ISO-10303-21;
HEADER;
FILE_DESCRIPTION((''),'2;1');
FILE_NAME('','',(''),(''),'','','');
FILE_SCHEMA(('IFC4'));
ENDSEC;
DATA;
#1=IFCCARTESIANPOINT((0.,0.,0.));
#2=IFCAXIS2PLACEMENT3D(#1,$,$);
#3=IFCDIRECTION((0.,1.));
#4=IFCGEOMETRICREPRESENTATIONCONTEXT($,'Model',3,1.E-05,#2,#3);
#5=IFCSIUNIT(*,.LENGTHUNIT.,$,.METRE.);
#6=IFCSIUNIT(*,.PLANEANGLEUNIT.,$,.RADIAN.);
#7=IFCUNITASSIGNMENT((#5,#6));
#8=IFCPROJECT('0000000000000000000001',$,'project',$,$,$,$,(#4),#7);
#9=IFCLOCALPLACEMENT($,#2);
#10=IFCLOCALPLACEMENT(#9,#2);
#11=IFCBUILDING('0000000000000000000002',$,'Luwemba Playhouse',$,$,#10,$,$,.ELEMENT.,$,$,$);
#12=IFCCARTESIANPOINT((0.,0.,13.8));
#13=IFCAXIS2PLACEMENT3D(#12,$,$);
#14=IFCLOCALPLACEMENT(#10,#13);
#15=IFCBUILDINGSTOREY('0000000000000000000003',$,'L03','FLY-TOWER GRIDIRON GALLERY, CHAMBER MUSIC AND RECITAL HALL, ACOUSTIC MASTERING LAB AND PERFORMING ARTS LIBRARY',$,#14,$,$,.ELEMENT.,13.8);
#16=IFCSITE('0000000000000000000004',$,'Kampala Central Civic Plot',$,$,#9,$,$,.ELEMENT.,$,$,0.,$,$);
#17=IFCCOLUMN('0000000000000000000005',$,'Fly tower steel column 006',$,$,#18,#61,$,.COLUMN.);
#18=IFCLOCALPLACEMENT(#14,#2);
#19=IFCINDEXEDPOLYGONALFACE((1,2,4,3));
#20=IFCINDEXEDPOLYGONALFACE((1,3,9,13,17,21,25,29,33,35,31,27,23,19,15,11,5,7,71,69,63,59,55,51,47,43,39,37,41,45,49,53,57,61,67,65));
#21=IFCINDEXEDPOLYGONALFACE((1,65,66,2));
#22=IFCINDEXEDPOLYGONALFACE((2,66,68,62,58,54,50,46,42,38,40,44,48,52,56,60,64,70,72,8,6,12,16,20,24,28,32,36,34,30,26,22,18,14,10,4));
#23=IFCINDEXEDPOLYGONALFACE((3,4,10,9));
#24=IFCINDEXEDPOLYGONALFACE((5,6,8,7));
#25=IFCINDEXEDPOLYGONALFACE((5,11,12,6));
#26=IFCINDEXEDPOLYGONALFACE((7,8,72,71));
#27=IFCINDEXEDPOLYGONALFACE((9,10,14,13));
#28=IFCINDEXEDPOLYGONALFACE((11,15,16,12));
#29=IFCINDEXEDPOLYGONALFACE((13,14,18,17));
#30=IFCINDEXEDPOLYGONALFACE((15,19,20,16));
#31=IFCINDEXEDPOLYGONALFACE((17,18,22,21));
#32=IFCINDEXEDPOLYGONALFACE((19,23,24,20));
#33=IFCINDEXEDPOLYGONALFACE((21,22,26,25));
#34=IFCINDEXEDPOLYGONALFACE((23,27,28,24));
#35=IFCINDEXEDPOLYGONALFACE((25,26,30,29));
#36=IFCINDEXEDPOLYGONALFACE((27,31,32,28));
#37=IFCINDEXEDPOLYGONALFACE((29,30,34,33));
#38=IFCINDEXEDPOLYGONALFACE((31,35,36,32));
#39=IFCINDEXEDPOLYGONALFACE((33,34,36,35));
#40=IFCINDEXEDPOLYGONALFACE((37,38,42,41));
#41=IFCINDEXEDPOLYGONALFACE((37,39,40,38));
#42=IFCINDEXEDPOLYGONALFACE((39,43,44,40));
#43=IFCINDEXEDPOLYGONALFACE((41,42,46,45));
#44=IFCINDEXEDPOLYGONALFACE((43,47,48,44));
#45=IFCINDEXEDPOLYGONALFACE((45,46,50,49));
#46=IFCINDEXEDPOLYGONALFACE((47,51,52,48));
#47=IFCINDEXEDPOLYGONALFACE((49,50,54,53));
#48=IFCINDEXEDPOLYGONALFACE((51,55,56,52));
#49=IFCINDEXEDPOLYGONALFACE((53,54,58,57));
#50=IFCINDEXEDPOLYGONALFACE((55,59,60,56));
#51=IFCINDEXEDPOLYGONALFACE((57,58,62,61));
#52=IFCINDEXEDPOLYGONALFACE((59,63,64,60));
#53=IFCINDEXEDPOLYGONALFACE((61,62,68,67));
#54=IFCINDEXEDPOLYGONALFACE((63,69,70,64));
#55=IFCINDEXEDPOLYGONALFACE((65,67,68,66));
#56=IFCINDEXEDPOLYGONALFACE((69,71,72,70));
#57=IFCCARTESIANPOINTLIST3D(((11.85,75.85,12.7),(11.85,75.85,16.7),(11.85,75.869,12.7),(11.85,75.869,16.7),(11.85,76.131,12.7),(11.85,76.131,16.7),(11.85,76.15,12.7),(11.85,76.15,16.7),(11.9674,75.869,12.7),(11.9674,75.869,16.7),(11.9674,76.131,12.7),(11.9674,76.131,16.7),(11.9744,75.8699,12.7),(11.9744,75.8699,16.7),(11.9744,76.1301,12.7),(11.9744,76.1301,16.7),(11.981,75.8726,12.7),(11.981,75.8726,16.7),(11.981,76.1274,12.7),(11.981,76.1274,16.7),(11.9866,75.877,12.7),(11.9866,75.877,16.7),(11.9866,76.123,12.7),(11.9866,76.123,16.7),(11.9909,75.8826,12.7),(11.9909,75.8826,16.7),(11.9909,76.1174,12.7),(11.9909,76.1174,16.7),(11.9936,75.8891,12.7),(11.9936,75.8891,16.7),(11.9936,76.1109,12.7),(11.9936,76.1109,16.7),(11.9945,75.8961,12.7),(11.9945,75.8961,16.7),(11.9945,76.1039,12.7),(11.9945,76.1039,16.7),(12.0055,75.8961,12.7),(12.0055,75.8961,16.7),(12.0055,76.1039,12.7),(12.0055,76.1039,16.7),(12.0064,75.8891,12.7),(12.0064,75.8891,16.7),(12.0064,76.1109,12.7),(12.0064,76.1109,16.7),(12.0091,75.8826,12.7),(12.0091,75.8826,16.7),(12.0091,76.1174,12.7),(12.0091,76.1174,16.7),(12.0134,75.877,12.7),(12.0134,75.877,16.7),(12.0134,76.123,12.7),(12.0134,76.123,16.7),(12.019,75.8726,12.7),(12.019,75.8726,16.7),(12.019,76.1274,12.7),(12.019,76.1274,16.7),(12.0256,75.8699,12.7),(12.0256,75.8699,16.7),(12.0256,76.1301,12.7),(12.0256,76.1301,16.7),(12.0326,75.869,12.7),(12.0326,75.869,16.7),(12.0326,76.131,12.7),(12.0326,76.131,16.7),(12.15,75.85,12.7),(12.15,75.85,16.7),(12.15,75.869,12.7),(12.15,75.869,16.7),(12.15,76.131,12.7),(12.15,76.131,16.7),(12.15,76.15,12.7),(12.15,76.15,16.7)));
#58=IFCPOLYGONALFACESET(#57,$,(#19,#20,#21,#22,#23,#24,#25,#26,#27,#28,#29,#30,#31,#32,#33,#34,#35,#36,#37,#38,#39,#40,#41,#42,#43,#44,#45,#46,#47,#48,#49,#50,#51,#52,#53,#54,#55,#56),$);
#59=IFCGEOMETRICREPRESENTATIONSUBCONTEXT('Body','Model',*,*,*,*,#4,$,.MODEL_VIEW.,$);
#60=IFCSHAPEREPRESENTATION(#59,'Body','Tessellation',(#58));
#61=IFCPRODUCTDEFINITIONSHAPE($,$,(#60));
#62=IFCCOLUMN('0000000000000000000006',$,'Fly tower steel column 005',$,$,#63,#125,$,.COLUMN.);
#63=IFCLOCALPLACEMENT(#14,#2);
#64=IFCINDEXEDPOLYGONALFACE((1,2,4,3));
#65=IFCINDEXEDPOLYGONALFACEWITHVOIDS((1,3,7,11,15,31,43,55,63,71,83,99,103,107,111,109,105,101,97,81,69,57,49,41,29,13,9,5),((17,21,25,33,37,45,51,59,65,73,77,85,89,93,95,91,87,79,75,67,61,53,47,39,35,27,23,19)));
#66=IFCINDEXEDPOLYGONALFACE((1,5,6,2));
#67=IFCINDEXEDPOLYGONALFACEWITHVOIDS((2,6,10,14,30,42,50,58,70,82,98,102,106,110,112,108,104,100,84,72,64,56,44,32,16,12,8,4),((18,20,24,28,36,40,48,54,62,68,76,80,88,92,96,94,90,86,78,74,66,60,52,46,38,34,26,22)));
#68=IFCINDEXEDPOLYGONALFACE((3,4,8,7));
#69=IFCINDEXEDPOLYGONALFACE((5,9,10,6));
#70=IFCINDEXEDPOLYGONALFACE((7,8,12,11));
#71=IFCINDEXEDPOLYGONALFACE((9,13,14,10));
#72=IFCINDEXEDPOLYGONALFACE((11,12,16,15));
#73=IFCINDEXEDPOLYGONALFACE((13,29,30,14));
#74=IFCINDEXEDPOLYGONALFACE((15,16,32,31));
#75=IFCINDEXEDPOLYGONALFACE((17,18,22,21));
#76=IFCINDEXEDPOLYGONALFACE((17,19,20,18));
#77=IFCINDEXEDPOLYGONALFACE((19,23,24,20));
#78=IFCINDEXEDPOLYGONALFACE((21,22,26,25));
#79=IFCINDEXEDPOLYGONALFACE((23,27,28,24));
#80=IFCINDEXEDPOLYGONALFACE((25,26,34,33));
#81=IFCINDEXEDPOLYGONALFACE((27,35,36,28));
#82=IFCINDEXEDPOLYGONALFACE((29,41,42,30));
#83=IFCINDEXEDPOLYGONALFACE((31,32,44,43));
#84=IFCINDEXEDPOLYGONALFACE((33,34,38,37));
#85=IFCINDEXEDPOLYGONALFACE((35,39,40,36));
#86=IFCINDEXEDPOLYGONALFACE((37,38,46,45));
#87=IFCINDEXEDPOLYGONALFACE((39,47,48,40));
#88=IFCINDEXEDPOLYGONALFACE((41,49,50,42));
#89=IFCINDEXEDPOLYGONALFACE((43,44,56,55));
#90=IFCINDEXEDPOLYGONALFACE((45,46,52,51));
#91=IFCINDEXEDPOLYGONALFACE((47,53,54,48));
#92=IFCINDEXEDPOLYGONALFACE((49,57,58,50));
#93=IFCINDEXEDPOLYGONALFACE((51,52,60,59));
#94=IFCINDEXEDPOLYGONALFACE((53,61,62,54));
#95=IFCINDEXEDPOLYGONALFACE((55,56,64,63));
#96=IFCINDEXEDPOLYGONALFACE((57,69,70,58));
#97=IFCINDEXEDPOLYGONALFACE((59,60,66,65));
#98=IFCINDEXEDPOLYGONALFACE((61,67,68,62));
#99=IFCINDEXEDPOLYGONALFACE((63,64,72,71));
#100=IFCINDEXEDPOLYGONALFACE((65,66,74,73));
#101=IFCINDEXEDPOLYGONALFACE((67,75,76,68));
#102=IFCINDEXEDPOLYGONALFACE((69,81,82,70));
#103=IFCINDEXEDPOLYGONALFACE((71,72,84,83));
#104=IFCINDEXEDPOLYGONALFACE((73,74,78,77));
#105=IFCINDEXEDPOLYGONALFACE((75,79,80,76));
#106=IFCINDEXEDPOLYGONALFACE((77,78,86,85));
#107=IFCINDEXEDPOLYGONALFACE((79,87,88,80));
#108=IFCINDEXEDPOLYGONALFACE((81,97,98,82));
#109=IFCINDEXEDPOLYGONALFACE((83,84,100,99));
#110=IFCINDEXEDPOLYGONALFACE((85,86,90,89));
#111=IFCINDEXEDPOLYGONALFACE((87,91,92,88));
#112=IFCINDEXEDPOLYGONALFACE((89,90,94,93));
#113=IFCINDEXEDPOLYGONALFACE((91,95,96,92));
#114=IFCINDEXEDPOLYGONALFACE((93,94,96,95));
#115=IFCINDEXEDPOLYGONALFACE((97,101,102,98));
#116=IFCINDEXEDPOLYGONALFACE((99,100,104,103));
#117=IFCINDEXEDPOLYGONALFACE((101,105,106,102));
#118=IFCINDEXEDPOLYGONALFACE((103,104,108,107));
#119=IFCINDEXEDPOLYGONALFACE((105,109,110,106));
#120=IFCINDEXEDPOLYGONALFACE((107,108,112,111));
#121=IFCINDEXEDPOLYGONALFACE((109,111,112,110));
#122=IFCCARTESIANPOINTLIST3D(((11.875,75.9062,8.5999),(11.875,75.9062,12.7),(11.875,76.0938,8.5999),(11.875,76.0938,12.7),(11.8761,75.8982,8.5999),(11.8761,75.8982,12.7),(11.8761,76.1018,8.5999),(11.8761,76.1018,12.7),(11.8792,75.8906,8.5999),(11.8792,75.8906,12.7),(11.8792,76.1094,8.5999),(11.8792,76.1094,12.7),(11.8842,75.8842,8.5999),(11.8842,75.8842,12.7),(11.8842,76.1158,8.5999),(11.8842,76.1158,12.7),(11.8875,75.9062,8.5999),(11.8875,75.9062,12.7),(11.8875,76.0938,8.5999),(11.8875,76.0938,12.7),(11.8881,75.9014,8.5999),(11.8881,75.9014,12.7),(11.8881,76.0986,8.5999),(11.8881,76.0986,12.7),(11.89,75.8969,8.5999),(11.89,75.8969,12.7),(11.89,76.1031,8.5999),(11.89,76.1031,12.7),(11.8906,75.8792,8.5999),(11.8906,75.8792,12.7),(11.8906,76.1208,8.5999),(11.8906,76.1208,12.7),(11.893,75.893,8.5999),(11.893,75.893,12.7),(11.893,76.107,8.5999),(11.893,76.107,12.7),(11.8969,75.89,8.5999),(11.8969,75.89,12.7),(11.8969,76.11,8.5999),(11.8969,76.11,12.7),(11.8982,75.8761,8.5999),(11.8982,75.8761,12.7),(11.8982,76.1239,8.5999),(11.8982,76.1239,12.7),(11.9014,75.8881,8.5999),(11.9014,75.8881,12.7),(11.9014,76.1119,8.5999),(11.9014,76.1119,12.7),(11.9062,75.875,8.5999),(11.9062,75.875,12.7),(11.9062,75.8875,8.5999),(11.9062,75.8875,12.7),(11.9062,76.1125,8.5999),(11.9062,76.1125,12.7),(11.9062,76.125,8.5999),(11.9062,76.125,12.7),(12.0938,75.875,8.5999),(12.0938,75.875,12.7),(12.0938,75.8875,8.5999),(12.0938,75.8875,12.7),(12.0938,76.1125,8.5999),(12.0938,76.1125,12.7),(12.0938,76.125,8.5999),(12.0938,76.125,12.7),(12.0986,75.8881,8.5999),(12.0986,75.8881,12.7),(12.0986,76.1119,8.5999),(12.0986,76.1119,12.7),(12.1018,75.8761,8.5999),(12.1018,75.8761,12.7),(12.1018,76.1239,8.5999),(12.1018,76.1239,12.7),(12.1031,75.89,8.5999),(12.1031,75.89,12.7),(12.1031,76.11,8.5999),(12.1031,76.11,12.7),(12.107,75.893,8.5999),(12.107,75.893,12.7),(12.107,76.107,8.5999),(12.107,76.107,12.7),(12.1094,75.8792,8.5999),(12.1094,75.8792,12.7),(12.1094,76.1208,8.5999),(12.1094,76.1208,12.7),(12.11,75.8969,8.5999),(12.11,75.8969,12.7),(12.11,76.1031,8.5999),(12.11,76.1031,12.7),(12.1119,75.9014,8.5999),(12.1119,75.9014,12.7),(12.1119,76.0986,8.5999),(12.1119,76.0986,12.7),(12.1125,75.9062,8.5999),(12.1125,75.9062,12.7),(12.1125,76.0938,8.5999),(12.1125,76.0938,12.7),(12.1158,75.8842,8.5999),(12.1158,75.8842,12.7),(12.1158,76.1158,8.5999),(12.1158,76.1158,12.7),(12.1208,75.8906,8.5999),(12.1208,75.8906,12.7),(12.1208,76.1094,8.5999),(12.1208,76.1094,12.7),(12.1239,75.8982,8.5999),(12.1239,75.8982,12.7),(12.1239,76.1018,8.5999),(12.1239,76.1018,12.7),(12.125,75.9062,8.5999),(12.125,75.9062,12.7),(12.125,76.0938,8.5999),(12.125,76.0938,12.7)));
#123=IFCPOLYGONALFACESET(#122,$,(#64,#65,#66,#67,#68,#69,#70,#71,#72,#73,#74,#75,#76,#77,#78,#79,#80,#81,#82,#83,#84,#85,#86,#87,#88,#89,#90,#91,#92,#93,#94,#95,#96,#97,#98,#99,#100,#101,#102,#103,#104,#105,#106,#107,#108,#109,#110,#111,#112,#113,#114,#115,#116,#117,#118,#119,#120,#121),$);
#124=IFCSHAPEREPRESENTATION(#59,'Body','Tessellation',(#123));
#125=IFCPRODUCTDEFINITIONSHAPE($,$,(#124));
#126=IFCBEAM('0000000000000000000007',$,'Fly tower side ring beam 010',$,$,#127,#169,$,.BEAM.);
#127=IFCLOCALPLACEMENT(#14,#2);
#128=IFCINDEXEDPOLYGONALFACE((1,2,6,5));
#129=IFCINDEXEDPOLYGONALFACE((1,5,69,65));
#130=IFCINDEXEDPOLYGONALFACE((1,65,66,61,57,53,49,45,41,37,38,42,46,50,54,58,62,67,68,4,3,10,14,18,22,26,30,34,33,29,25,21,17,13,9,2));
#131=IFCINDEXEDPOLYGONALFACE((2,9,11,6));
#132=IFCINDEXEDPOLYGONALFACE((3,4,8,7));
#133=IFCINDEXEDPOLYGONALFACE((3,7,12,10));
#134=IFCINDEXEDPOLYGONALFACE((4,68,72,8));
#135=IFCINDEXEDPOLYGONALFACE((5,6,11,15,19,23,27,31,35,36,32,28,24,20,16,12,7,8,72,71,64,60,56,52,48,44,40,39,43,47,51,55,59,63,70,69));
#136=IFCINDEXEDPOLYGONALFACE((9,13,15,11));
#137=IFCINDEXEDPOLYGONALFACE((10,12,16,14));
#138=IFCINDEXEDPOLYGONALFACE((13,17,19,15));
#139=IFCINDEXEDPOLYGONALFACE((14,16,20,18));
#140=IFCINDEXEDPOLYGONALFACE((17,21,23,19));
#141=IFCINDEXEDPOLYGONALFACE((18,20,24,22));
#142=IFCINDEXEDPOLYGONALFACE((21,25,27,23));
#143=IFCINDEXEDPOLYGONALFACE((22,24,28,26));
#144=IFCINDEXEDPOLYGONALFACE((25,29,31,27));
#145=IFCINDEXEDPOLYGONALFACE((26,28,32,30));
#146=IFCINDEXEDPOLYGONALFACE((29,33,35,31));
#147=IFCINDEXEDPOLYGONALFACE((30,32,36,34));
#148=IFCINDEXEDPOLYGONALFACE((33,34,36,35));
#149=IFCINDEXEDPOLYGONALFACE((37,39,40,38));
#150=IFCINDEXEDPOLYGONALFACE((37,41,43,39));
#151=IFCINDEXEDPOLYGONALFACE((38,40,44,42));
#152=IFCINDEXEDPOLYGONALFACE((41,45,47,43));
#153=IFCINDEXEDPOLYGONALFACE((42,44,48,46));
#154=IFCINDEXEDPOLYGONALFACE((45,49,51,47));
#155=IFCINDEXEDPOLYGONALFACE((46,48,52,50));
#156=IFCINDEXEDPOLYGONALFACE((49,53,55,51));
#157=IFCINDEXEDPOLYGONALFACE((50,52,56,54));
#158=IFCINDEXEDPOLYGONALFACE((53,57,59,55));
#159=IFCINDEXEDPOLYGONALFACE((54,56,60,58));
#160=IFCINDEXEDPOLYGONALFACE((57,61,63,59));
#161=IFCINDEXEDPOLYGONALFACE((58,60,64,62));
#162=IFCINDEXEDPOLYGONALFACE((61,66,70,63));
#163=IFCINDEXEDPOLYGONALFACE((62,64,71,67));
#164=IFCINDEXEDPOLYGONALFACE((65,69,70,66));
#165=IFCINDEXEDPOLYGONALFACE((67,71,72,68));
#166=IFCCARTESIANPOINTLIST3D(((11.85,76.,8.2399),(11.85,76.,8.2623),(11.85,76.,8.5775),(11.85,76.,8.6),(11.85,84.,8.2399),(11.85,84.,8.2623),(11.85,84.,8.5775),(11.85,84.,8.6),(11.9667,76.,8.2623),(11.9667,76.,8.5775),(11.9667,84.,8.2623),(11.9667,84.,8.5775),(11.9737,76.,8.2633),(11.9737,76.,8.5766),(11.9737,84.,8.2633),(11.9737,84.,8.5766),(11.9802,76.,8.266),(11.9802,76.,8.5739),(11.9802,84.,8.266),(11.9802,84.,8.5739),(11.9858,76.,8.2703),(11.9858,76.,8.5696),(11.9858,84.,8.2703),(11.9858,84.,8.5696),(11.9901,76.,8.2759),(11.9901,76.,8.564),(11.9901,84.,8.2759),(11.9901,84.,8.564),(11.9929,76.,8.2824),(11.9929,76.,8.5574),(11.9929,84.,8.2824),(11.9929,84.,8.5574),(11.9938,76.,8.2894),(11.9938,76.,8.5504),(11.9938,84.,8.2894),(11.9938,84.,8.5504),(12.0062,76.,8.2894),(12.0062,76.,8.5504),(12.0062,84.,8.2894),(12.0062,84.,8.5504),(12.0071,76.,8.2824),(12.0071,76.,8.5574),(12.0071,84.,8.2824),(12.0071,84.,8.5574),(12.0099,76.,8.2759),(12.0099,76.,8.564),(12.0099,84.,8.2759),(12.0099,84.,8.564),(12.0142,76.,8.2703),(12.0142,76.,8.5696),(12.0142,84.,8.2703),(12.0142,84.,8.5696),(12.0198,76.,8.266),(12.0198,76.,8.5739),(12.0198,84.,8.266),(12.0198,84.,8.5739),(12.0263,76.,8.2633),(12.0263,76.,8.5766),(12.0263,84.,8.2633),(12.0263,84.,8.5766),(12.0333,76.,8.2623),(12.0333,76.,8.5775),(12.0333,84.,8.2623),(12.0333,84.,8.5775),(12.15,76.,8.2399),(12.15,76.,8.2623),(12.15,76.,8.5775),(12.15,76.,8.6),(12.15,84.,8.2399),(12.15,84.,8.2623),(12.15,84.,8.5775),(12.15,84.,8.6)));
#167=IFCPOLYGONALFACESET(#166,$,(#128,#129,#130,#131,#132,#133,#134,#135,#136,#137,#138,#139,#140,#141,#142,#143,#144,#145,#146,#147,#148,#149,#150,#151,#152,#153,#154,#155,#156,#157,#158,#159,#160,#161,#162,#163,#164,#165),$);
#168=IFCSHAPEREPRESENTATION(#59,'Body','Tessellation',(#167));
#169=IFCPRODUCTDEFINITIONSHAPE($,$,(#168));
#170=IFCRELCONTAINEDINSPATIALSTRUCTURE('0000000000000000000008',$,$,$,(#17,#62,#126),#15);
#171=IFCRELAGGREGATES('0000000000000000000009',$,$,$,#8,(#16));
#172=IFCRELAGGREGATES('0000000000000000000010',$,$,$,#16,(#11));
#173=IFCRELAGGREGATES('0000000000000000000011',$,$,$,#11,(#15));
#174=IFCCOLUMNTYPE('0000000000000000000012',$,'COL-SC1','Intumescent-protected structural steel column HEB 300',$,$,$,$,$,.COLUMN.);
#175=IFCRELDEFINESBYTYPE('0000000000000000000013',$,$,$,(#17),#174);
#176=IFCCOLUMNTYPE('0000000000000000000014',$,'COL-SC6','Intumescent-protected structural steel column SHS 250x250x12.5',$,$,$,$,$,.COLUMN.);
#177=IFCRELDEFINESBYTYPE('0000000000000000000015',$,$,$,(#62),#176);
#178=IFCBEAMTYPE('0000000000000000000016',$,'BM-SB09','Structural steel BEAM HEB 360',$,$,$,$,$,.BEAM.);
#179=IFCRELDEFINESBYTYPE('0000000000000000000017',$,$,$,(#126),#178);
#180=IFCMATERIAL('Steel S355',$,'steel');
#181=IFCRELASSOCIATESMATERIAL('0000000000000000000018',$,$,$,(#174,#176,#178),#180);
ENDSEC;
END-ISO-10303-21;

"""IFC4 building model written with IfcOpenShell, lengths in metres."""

from ifc_helpers import new_model, si_unit, direction, frame, origin, origin_2d, place, context, subcontext, project, spatial, hollow_rectangle, i_section, extrude, material, material_profile, profile_set, type_object, element, save


model = new_model("IFC4")

# Units and contexts
model_context = context("Model", 3, precision=1e-05, world=origin(), true_north=direction((0.0, 1.0)))
body_context = subcontext(model_context, "Body", "Model", "MODEL_VIEW")
ifc_project = project(units=[si_unit("LENGTHUNIT", "METRE"), si_unit("PLANEANGLEUNIT", "RADIAN")], contexts=[model_context])

# Site, building, storey
site_placement = place(None, origin())
site = spatial("IfcSite", under=ifc_project, at=site_placement, Name="Kampala Central Civic Plot", CompositionType="ELEMENT", RefElevation=0.0)
building_placement = place(site_placement, origin())
building = spatial("IfcBuilding", under=site, at=building_placement, Name="Luwemba Playhouse", CompositionType="ELEMENT")
storey_placement = place(building_placement, frame((0.0, 0.0, 13.8)))
storey = spatial("IfcBuildingStorey", under=building, at=storey_placement, Name="L03", Description="FLY-TOWER GRIDIRON GALLERY, CHAMBER MUSIC AND RECITAL HALL, ACOUSTIC MASTERING LAB AND PERFORMING ARTS LIBRARY", CompositionType="ELEMENT", Elevation=13.8)

# Columns
ifc_material_1 = material(Name="Steel S355", Category="steel")
ifc_material_profile_1 = material_profile(ifc_material_1, i_section(OverallWidth=0.3, OverallDepth=0.3, WebThickness=0.011, FlangeThickness=0.019, FilletRadius=0.0271, at=origin_2d()))
ifc_profile_set_1 = profile_set([ifc_material_profile_1], Name="Steel S355")
column_type_1 = type_object("IfcColumnType", Name="COL-SC1", Description="Intumescent-protected structural steel column HEB 300", PredefinedType="COLUMN", material=ifc_profile_set_1)
column_1_placement = place(storey_placement, frame((12.0, 76.0, 12.7), z_axis=(0.0, 0.0, 1.0), x_axis=(1.0, 0.0, 0.0)))
element("IfcColumn", 1, at=column_1_placement, inside=storey, type_object=column_type_1, Name="Fly tower steel column 006", PredefinedType="COLUMN", context=body_context, shape_type="SweptSolid", body=[
    extrude(i_section(OverallWidth=0.3, OverallDepth=0.3, WebThickness=0.011, FlangeThickness=0.019, FilletRadius=0.0271, at=origin_2d()), origin(), (0.0, 0.0, 1.0), 4.0),
])
ifc_material_profile_2 = material_profile(ifc_material_1, hollow_rectangle(XDim=0.25, YDim=0.25, WallThickness=0.0125, InnerFilletRadius=0.0188, OuterFilletRadius=0.0312, at=origin_2d()))
ifc_profile_set_2 = profile_set([ifc_material_profile_2], Name="Steel S355")
column_type_2 = type_object("IfcColumnType", Name="COL-SC6", Description="Intumescent-protected structural steel column SHS 250x250x12.5", PredefinedType="COLUMN", material=ifc_profile_set_2)
column_2_placement = place(storey_placement, frame((12.0, 76.0, 8.5999), z_axis=(0.0, 0.0, 1.0), x_axis=(1.0, 0.0, 0.0)))
element("IfcColumn", 2, at=column_2_placement, inside=storey, type_object=column_type_2, Name="Fly tower steel column 005", PredefinedType="COLUMN", context=body_context, shape_type="SweptSolid", body=[
    extrude(hollow_rectangle(XDim=0.25, YDim=0.25, WallThickness=0.0125, InnerFilletRadius=0.0188, OuterFilletRadius=0.0312, at=origin_2d()), origin(), (0.0, 0.0, 1.0), 4.1001),
])

# Beam
ifc_material_profile_3 = material_profile(ifc_material_1, i_section(OverallWidth=0.3, OverallDepth=0.3601, WebThickness=0.0125, FlangeThickness=0.0225, FilletRadius=0.0271, at=origin_2d()))
ifc_profile_set_3 = profile_set([ifc_material_profile_3], Name="Steel S355")
beam_type = type_object("IfcBeamType", Name="BM-SB09", Description="Structural steel BEAM HEB 360", PredefinedType="BEAM", material=ifc_profile_set_3)
for number, where, z_axis, x_axis, name in (
    (3, (12.0, 76.0, 8.4199), (0.0, 1.0, 0.0), (-1.0, 0.0, 0.0), "Fly tower side ring beam 010"),
):
    element("IfcBeam", number, at=place(storey_placement, frame(where, z_axis=z_axis, x_axis=x_axis)), inside=storey, type_object=beam_type, Name=name, PredefinedType="BEAM", context=body_context, shape_type="SweptSolid", body=[
        extrude(i_section(OverallWidth=0.3, OverallDepth=0.3601, WebThickness=0.0125, FlangeThickness=0.0225, FilletRadius=0.0271, at=origin_2d()), origin(), (0.0, 0.0, 1.0), 8.0),
    ])

save(model, "model.ifc")
